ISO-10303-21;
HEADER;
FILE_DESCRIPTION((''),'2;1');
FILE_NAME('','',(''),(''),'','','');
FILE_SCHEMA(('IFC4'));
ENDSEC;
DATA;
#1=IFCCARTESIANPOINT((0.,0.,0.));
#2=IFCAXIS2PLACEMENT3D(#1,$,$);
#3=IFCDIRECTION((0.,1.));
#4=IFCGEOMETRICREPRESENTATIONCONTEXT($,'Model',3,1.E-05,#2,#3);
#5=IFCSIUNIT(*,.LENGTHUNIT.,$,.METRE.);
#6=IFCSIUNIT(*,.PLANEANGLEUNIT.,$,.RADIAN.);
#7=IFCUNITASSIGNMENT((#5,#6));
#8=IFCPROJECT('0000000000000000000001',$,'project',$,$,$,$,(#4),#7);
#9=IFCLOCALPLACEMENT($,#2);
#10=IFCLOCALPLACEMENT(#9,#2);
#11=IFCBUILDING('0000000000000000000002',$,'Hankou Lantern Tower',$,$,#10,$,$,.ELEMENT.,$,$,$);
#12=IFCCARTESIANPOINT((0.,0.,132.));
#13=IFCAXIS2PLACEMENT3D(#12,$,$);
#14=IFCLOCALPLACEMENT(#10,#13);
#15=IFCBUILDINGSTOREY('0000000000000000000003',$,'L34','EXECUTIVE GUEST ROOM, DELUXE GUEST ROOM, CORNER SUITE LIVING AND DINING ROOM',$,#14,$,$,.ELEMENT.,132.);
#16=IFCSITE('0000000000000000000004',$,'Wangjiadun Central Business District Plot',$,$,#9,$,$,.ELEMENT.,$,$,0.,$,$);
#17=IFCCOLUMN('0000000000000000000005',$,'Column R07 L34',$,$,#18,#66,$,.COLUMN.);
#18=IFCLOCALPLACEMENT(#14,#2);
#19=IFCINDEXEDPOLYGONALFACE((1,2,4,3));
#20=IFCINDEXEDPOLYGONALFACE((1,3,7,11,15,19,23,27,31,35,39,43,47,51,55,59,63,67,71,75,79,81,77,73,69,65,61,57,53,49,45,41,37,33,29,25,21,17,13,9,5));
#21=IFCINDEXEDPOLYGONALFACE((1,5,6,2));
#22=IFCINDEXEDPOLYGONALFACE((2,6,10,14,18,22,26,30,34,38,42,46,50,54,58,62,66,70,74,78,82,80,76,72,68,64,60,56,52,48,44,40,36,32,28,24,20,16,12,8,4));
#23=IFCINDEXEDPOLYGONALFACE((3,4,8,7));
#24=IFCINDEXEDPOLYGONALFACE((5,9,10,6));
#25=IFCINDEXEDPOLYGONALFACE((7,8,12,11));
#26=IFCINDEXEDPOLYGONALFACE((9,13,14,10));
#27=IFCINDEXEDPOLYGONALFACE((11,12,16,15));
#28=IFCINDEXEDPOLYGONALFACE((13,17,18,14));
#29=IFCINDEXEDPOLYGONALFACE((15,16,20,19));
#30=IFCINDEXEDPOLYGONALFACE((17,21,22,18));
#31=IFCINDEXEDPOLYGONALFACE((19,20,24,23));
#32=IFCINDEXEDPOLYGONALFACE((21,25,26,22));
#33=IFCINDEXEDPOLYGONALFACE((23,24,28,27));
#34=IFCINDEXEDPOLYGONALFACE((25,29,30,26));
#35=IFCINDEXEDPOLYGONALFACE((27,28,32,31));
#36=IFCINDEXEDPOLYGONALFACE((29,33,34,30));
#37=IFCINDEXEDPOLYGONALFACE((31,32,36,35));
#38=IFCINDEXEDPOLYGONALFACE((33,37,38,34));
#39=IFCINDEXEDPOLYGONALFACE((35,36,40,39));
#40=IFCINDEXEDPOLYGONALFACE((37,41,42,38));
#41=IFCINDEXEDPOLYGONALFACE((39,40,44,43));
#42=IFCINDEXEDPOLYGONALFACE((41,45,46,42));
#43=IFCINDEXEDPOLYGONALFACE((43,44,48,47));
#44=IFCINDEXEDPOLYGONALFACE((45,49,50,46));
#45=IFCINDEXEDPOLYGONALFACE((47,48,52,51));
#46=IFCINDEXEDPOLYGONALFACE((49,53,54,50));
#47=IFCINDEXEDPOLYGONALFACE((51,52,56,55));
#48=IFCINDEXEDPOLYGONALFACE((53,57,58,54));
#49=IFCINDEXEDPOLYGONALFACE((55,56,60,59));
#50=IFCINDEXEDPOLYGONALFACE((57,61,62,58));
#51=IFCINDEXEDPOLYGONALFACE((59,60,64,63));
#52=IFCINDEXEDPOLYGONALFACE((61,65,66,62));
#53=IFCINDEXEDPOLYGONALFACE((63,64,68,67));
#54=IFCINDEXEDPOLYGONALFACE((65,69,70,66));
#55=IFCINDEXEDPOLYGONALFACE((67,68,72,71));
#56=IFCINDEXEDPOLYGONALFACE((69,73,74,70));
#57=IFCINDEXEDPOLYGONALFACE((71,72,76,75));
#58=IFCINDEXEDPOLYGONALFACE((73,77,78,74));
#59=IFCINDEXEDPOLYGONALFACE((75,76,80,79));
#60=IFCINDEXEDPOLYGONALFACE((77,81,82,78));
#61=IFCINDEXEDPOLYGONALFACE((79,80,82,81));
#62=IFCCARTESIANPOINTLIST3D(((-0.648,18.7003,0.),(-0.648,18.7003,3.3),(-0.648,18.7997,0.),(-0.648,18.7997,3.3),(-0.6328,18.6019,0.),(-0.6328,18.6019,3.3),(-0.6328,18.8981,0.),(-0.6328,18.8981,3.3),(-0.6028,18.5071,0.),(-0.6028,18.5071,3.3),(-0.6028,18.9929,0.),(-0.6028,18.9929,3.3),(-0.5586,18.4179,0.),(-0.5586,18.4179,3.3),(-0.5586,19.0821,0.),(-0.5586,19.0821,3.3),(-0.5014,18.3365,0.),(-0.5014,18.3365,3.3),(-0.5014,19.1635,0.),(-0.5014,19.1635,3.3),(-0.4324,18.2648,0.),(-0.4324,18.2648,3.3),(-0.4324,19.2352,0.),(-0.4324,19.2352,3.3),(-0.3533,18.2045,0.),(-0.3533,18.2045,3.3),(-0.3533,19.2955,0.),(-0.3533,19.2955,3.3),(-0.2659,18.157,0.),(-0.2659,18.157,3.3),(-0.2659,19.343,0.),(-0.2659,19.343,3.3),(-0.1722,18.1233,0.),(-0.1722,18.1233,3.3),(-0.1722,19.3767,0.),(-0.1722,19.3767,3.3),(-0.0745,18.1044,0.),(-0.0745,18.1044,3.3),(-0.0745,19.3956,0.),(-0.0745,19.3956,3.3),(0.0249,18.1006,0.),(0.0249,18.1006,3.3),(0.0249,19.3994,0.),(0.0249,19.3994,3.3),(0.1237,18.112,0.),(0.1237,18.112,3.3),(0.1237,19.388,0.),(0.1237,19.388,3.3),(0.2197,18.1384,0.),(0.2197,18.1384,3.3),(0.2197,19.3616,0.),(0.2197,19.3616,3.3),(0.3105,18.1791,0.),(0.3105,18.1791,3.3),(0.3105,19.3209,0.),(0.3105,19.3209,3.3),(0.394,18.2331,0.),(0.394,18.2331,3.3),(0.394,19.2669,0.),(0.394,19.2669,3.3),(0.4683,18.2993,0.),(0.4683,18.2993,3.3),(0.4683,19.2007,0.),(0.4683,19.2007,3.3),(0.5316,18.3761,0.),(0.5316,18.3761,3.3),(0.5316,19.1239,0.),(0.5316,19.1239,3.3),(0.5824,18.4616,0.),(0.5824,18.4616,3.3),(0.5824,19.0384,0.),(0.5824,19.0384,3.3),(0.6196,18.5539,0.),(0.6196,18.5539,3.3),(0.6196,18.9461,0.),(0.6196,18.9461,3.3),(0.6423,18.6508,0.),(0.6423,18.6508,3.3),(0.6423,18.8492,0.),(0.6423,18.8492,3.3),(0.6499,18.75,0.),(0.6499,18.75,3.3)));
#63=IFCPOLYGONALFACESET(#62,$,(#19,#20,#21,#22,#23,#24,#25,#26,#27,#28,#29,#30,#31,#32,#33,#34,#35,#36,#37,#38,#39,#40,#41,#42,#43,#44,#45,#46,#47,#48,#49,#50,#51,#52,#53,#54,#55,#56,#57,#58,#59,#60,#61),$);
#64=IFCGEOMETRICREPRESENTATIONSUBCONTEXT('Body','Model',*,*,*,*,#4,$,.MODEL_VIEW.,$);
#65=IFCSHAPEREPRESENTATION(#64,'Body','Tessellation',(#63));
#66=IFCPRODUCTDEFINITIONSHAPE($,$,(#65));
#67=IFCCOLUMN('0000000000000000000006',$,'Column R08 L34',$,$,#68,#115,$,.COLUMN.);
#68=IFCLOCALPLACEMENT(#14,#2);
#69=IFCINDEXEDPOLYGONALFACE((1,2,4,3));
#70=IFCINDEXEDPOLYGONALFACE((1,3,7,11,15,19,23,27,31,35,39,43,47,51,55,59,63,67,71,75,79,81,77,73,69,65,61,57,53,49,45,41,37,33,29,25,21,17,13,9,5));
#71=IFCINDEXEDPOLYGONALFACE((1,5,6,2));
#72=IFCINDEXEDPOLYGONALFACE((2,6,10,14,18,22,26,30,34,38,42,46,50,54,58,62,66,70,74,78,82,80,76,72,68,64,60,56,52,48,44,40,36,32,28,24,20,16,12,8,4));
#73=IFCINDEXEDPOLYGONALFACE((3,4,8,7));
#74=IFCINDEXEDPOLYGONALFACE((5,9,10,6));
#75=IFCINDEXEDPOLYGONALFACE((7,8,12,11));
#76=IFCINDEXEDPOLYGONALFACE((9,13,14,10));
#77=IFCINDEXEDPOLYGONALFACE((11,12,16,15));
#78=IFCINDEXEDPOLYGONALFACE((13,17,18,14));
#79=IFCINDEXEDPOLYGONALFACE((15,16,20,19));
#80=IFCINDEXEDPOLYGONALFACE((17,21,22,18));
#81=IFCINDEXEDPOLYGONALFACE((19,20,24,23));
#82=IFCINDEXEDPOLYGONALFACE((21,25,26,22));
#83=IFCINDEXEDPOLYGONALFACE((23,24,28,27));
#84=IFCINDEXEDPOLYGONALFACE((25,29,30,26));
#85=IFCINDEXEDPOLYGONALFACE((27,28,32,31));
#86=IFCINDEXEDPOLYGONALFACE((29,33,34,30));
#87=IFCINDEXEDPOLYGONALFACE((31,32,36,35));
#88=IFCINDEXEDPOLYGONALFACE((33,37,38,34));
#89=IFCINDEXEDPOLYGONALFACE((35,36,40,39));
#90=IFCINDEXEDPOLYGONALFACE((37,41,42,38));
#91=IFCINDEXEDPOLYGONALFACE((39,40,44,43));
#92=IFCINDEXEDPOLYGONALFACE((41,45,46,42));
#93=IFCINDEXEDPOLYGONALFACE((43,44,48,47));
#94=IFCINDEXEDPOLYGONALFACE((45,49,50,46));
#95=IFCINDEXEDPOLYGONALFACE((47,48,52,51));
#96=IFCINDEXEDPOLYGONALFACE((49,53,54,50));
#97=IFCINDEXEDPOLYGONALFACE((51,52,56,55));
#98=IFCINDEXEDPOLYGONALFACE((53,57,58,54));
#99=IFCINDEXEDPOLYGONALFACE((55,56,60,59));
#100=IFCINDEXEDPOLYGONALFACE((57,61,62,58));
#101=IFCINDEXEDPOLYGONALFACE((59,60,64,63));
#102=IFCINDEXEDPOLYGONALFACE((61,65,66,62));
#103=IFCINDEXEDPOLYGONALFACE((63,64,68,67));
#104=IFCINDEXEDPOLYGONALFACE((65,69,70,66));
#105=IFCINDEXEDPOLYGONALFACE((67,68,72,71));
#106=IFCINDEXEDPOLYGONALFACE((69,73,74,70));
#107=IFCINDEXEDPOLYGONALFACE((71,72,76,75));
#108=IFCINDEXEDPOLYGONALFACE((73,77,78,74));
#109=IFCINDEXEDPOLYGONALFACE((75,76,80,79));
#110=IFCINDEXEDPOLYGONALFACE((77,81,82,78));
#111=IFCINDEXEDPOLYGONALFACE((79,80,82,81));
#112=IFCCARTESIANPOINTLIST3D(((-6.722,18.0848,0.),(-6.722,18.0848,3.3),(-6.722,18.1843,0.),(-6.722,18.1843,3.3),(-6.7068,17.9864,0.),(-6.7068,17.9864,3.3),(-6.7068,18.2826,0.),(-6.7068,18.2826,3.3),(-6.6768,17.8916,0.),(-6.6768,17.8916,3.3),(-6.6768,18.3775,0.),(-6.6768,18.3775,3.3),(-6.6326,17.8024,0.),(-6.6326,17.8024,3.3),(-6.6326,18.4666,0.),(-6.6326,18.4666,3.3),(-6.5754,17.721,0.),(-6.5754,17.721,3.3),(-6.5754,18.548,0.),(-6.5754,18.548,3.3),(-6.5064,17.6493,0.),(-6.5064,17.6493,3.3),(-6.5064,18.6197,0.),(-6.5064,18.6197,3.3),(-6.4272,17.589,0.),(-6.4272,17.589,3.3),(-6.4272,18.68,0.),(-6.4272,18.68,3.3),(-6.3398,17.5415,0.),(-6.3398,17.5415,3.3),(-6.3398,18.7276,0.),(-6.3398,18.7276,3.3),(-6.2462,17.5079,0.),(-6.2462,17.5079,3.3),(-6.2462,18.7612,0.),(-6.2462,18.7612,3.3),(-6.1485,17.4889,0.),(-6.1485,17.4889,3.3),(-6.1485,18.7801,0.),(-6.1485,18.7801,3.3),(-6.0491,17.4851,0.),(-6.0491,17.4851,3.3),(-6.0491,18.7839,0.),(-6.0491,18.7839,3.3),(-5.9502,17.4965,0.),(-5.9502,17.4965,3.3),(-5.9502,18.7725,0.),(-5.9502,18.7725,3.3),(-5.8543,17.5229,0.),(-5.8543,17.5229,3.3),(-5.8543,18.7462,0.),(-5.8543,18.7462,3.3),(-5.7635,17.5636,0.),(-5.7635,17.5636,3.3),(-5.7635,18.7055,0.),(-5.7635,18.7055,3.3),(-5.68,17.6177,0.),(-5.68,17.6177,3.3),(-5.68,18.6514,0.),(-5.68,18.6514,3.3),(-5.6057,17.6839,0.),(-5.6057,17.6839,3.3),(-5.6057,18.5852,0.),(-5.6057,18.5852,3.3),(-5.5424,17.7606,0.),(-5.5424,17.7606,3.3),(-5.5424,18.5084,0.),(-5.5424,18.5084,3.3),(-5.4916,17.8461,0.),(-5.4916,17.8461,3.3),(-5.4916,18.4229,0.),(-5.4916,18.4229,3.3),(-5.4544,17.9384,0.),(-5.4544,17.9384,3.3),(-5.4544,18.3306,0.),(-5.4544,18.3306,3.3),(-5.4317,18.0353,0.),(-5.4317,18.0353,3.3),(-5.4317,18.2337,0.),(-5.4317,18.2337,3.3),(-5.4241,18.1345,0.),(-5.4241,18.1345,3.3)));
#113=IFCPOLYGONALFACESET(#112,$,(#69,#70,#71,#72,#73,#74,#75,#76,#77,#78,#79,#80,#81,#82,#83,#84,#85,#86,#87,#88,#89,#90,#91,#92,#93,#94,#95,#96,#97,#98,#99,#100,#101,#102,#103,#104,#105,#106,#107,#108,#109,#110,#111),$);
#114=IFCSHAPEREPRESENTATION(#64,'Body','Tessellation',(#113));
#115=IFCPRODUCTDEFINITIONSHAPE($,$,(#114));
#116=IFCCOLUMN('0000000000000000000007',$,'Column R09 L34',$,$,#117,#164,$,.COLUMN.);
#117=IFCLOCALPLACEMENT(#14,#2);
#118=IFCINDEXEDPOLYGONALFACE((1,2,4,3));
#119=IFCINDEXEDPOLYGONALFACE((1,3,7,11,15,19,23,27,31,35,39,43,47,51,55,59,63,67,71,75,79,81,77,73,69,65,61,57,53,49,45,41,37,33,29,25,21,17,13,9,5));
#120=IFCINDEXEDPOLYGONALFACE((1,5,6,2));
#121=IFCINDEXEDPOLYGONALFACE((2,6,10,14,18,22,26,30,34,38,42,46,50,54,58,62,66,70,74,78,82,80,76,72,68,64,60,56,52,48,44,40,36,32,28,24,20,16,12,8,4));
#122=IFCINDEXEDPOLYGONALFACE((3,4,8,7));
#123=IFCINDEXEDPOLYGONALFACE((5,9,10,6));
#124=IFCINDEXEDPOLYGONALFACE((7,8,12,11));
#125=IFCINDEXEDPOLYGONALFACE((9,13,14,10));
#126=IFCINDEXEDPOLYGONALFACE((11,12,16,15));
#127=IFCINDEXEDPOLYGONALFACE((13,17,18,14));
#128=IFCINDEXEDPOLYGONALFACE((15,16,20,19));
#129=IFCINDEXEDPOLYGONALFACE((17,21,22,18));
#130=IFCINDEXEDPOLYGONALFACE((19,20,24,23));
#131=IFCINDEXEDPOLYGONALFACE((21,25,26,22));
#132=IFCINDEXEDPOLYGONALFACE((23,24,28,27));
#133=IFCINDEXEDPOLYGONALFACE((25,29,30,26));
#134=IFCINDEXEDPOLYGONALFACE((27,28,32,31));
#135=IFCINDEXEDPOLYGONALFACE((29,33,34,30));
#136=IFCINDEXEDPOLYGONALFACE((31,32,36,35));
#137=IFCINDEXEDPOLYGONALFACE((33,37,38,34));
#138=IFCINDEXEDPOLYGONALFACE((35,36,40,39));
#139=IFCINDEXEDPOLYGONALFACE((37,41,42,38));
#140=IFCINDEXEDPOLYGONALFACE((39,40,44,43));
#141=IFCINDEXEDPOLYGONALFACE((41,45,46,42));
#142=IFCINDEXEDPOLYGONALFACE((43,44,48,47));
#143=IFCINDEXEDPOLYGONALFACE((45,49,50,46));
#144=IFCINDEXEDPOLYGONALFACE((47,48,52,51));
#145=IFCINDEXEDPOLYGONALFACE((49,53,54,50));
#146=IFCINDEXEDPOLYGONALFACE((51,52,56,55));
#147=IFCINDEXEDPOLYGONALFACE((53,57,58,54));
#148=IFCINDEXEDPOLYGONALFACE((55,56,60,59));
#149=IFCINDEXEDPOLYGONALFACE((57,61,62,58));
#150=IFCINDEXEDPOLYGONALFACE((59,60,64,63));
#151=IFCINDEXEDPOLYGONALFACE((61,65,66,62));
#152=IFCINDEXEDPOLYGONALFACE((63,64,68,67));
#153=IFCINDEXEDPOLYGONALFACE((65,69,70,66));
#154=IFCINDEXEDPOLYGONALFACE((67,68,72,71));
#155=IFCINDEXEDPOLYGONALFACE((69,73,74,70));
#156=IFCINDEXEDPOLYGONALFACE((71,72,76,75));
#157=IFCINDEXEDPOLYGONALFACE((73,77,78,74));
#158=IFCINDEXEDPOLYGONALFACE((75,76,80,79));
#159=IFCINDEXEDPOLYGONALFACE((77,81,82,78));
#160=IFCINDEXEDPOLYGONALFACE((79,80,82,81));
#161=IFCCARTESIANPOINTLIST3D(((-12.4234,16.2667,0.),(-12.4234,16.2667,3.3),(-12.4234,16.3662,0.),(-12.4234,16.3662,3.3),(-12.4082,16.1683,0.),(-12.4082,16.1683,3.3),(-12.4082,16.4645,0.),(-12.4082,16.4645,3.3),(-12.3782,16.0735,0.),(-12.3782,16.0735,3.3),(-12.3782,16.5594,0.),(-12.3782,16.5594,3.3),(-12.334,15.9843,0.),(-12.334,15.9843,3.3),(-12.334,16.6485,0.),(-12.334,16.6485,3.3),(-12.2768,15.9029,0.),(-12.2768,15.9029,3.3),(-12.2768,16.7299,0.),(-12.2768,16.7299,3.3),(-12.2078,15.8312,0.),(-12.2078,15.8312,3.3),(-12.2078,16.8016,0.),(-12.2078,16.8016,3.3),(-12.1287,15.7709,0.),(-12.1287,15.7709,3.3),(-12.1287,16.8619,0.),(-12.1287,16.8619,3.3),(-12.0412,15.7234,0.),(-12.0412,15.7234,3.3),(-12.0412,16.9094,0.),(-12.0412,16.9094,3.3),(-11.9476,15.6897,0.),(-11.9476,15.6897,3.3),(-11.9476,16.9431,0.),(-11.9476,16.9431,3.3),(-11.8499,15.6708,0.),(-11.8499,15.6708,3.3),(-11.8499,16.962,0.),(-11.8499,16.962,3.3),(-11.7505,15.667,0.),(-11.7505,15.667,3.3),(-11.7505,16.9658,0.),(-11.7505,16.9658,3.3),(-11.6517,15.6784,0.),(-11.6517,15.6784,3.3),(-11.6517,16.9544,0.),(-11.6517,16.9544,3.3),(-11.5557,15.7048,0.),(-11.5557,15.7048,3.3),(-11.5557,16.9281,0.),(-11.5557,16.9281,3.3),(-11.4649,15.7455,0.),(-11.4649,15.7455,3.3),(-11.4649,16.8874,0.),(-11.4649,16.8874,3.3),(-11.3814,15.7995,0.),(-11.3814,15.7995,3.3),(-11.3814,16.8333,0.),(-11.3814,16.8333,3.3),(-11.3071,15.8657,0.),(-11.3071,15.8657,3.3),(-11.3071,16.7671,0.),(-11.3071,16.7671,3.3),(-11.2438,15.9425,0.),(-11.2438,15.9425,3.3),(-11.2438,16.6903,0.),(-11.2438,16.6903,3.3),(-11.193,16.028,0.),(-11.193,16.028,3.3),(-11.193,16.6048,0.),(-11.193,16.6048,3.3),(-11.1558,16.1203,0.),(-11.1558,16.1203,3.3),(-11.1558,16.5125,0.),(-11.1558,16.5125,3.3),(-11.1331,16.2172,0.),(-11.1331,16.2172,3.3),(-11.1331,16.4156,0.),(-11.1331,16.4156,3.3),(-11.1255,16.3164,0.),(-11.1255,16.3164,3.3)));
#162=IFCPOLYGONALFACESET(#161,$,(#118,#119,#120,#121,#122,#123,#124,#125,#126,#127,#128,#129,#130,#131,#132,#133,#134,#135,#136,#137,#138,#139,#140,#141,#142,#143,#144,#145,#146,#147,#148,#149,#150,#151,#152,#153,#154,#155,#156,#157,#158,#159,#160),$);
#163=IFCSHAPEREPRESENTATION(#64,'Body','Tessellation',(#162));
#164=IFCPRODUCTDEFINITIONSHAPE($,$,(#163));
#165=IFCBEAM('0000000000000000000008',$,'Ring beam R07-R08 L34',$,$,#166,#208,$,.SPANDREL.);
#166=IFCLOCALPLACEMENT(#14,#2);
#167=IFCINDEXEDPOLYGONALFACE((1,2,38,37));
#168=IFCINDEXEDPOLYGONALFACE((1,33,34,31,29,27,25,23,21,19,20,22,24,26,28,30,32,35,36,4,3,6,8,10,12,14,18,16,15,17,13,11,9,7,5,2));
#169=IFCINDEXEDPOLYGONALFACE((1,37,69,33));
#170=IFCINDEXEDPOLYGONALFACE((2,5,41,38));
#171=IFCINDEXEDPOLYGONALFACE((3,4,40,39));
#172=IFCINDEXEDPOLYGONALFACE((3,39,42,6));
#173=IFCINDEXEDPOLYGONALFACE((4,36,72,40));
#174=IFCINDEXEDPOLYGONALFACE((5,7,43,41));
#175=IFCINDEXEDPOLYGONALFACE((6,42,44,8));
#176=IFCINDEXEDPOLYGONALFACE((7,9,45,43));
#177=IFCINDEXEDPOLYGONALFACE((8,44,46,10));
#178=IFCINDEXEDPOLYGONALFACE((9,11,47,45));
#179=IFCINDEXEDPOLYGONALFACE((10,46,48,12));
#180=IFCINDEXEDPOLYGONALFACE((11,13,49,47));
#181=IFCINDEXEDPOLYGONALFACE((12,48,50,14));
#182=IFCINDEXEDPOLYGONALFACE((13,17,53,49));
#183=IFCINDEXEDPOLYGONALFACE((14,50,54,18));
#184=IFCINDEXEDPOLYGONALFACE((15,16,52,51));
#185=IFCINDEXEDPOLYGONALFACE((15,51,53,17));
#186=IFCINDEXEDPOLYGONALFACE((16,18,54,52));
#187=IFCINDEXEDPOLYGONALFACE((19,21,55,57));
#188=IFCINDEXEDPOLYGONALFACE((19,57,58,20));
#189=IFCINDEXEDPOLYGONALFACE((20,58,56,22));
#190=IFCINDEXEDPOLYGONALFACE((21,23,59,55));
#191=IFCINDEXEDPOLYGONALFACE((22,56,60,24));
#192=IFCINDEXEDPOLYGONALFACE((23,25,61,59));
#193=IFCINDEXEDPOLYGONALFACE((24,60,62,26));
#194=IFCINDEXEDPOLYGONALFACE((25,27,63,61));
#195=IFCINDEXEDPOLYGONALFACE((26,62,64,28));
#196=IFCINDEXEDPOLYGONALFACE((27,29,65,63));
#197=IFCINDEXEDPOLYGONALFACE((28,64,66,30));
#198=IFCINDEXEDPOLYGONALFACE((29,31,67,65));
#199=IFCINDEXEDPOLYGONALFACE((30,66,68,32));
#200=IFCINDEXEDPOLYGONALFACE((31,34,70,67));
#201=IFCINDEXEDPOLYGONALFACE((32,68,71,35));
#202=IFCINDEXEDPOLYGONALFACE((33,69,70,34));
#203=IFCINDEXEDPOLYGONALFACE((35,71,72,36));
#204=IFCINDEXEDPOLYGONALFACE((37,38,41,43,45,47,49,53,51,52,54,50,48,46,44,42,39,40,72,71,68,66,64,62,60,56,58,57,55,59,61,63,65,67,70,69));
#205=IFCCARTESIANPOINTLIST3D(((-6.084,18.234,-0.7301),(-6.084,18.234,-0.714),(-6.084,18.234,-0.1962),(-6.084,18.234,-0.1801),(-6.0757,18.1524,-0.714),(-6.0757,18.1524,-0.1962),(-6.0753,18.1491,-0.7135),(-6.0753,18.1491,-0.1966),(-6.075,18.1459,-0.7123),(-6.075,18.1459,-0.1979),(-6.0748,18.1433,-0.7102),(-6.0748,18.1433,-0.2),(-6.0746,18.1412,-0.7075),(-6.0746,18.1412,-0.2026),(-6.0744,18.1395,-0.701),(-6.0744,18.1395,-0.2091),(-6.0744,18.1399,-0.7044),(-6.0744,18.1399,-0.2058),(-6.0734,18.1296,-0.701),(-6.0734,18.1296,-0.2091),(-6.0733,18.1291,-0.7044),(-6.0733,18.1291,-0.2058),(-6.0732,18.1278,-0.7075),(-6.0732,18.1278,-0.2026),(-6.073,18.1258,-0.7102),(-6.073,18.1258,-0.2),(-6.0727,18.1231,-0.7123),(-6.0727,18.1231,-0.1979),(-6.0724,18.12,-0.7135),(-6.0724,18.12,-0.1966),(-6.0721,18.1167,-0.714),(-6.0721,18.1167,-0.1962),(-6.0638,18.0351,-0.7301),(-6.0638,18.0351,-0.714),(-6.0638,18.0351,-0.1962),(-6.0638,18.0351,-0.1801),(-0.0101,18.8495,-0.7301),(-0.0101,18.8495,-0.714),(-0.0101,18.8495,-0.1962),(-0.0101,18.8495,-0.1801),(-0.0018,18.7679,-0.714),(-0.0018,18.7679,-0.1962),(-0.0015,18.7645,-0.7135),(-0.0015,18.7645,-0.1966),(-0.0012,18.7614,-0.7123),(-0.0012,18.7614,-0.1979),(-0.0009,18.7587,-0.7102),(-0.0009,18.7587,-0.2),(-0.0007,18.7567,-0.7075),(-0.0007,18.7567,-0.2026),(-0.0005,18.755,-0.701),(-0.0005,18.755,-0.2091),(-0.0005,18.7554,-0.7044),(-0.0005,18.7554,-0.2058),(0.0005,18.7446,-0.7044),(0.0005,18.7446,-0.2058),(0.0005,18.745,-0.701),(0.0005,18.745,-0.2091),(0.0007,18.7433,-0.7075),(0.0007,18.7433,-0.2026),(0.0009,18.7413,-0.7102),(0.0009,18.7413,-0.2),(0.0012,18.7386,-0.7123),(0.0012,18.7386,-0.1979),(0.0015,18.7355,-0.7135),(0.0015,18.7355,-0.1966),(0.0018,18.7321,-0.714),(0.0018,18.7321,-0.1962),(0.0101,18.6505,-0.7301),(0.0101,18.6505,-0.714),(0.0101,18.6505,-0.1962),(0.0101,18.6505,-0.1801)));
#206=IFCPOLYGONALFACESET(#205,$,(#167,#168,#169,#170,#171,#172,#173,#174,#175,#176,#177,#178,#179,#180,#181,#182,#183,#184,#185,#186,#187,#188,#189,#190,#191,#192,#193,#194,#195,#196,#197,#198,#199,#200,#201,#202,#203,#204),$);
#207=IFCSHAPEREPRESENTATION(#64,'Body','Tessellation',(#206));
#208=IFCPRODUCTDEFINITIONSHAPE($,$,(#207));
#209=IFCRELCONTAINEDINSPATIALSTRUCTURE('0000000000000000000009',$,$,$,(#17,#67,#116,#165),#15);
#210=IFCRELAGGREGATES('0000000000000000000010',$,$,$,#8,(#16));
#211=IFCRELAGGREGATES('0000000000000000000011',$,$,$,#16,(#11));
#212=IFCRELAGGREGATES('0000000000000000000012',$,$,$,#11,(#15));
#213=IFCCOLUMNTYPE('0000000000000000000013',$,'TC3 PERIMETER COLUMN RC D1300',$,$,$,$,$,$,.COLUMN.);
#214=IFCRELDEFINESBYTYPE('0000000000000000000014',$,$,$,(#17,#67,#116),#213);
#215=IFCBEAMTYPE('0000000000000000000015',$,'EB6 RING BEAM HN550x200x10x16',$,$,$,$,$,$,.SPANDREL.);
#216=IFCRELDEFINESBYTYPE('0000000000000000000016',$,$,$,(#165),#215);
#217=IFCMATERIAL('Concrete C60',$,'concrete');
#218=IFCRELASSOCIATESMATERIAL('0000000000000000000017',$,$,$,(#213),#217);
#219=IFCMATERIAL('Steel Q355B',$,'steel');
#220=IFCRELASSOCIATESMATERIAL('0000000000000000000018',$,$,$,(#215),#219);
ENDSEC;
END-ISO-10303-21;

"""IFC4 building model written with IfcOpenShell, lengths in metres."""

from ifc_helpers import new_model, si_unit, direction, frame, origin, origin_2d, place, context, subcontext, project, spatial, circle, i_section, extrude, material, material_profile, profile_set, type_object, element, save


model = new_model("IFC4")

# Units and contexts
model_context = context("Model", 3, precision=1e-05, world=origin(), true_north=direction((0.0, 1.0)))
body_context = subcontext(model_context, "Body", "Model", "MODEL_VIEW")
ifc_project = project(units=[si_unit("LENGTHUNIT", "METRE"), si_unit("PLANEANGLEUNIT", "RADIAN")], contexts=[model_context])

# Site, building, storey
site_placement = place(None, origin())
site = spatial("IfcSite", under=ifc_project, at=site_placement, Name="Wangjiadun Central Business District Plot", CompositionType="ELEMENT", RefElevation=0.0)
building_placement = place(site_placement, origin())
building = spatial("IfcBuilding", under=site, at=building_placement, Name="Hankou Lantern Tower", CompositionType="ELEMENT")
storey_placement = place(building_placement, frame((0.0, 0.0, 132.0)))
storey = spatial("IfcBuildingStorey", under=building, at=storey_placement, Name="L34", Description="EXECUTIVE GUEST ROOM, DELUXE GUEST ROOM, CORNER SUITE LIVING AND DINING ROOM", CompositionType="ELEMENT", Elevation=132.0)

# Columns
ifc_material_1 = material(Name="Concrete C60", Category="concrete")
ifc_material_profile_1 = material_profile(ifc_material_1, circle(Radius=0.6499, at=origin_2d()), Name="RC D1300")
ifc_profile_set_1 = profile_set([ifc_material_profile_1], Name="Concrete C60")
column_type = type_object("IfcColumnType", Name="TC3 PERIMETER COLUMN RC D1300", PredefinedType="COLUMN", material=ifc_profile_set_1)
for number, where, z_axis, x_axis, name in (
    (1, (0.0, 18.75, 0.0), (0.0, 0.0, 1.0), (1.0, 0.0, 0.0), "Column R07 L34"),
    (2, (-6.074, 18.1345, 0.0), (0.0, 0.0, 1.0), (1.0, 0.0, 0.0), "Column R08 L34"),
    (3, (-11.7754, 16.3164, 0.0), (0.0, 0.0, 1.0), (1.0, 0.0, 0.0), "Column R09 L34"),
):
    element("IfcColumn", number, at=place(storey_placement, frame(where, z_axis=z_axis, x_axis=x_axis)), inside=storey, type_object=column_type, Name=name, PredefinedType="COLUMN", context=body_context, shape_type="SweptSolid", body=[
        extrude(circle(Radius=0.6499, at=origin_2d()), origin(), (0.0, 0.0, 1.0), 3.3),
    ])

# Beam
ifc_material_2 = material(Name="Steel Q355B", Category="steel")
ifc_material_profile_2 = material_profile(ifc_material_2, i_section(OverallWidth=0.2, OverallDepth=0.55, WebThickness=0.01, FlangeThickness=0.0161, FilletRadius=0.0129, at=origin_2d()), Name="HN550x200x10x16")
ifc_profile_set_2 = profile_set([ifc_material_profile_2], Name="Steel Q355B")
beam_type_1 = type_object("IfcBeamType", Name="EB6 RING BEAM HN550x200x10x16", PredefinedType="SPANDREL", material=ifc_profile_set_2)
beam_1_placement = place(storey_placement, frame((0.0, 18.75, -0.4551), z_axis=(-0.994905, -0.100814, 0.0), x_axis=(0.100814, -0.994905, 0.0)))
element("IfcBeam", 4, at=beam_1_placement, inside=storey, type_object=beam_type_1, Name="Ring beam R07-R08 L34", PredefinedType="SPANDREL", context=body_context, shape_type="SweptSolid", body=[
    extrude(i_section(OverallWidth=0.2, OverallDepth=0.55, WebThickness=0.01, FlangeThickness=0.0161, FilletRadius=0.0129, at=origin_2d()), origin(), (0.0, 0.0, 1.0), 6.105),
])

save(model, "model.ifc")
